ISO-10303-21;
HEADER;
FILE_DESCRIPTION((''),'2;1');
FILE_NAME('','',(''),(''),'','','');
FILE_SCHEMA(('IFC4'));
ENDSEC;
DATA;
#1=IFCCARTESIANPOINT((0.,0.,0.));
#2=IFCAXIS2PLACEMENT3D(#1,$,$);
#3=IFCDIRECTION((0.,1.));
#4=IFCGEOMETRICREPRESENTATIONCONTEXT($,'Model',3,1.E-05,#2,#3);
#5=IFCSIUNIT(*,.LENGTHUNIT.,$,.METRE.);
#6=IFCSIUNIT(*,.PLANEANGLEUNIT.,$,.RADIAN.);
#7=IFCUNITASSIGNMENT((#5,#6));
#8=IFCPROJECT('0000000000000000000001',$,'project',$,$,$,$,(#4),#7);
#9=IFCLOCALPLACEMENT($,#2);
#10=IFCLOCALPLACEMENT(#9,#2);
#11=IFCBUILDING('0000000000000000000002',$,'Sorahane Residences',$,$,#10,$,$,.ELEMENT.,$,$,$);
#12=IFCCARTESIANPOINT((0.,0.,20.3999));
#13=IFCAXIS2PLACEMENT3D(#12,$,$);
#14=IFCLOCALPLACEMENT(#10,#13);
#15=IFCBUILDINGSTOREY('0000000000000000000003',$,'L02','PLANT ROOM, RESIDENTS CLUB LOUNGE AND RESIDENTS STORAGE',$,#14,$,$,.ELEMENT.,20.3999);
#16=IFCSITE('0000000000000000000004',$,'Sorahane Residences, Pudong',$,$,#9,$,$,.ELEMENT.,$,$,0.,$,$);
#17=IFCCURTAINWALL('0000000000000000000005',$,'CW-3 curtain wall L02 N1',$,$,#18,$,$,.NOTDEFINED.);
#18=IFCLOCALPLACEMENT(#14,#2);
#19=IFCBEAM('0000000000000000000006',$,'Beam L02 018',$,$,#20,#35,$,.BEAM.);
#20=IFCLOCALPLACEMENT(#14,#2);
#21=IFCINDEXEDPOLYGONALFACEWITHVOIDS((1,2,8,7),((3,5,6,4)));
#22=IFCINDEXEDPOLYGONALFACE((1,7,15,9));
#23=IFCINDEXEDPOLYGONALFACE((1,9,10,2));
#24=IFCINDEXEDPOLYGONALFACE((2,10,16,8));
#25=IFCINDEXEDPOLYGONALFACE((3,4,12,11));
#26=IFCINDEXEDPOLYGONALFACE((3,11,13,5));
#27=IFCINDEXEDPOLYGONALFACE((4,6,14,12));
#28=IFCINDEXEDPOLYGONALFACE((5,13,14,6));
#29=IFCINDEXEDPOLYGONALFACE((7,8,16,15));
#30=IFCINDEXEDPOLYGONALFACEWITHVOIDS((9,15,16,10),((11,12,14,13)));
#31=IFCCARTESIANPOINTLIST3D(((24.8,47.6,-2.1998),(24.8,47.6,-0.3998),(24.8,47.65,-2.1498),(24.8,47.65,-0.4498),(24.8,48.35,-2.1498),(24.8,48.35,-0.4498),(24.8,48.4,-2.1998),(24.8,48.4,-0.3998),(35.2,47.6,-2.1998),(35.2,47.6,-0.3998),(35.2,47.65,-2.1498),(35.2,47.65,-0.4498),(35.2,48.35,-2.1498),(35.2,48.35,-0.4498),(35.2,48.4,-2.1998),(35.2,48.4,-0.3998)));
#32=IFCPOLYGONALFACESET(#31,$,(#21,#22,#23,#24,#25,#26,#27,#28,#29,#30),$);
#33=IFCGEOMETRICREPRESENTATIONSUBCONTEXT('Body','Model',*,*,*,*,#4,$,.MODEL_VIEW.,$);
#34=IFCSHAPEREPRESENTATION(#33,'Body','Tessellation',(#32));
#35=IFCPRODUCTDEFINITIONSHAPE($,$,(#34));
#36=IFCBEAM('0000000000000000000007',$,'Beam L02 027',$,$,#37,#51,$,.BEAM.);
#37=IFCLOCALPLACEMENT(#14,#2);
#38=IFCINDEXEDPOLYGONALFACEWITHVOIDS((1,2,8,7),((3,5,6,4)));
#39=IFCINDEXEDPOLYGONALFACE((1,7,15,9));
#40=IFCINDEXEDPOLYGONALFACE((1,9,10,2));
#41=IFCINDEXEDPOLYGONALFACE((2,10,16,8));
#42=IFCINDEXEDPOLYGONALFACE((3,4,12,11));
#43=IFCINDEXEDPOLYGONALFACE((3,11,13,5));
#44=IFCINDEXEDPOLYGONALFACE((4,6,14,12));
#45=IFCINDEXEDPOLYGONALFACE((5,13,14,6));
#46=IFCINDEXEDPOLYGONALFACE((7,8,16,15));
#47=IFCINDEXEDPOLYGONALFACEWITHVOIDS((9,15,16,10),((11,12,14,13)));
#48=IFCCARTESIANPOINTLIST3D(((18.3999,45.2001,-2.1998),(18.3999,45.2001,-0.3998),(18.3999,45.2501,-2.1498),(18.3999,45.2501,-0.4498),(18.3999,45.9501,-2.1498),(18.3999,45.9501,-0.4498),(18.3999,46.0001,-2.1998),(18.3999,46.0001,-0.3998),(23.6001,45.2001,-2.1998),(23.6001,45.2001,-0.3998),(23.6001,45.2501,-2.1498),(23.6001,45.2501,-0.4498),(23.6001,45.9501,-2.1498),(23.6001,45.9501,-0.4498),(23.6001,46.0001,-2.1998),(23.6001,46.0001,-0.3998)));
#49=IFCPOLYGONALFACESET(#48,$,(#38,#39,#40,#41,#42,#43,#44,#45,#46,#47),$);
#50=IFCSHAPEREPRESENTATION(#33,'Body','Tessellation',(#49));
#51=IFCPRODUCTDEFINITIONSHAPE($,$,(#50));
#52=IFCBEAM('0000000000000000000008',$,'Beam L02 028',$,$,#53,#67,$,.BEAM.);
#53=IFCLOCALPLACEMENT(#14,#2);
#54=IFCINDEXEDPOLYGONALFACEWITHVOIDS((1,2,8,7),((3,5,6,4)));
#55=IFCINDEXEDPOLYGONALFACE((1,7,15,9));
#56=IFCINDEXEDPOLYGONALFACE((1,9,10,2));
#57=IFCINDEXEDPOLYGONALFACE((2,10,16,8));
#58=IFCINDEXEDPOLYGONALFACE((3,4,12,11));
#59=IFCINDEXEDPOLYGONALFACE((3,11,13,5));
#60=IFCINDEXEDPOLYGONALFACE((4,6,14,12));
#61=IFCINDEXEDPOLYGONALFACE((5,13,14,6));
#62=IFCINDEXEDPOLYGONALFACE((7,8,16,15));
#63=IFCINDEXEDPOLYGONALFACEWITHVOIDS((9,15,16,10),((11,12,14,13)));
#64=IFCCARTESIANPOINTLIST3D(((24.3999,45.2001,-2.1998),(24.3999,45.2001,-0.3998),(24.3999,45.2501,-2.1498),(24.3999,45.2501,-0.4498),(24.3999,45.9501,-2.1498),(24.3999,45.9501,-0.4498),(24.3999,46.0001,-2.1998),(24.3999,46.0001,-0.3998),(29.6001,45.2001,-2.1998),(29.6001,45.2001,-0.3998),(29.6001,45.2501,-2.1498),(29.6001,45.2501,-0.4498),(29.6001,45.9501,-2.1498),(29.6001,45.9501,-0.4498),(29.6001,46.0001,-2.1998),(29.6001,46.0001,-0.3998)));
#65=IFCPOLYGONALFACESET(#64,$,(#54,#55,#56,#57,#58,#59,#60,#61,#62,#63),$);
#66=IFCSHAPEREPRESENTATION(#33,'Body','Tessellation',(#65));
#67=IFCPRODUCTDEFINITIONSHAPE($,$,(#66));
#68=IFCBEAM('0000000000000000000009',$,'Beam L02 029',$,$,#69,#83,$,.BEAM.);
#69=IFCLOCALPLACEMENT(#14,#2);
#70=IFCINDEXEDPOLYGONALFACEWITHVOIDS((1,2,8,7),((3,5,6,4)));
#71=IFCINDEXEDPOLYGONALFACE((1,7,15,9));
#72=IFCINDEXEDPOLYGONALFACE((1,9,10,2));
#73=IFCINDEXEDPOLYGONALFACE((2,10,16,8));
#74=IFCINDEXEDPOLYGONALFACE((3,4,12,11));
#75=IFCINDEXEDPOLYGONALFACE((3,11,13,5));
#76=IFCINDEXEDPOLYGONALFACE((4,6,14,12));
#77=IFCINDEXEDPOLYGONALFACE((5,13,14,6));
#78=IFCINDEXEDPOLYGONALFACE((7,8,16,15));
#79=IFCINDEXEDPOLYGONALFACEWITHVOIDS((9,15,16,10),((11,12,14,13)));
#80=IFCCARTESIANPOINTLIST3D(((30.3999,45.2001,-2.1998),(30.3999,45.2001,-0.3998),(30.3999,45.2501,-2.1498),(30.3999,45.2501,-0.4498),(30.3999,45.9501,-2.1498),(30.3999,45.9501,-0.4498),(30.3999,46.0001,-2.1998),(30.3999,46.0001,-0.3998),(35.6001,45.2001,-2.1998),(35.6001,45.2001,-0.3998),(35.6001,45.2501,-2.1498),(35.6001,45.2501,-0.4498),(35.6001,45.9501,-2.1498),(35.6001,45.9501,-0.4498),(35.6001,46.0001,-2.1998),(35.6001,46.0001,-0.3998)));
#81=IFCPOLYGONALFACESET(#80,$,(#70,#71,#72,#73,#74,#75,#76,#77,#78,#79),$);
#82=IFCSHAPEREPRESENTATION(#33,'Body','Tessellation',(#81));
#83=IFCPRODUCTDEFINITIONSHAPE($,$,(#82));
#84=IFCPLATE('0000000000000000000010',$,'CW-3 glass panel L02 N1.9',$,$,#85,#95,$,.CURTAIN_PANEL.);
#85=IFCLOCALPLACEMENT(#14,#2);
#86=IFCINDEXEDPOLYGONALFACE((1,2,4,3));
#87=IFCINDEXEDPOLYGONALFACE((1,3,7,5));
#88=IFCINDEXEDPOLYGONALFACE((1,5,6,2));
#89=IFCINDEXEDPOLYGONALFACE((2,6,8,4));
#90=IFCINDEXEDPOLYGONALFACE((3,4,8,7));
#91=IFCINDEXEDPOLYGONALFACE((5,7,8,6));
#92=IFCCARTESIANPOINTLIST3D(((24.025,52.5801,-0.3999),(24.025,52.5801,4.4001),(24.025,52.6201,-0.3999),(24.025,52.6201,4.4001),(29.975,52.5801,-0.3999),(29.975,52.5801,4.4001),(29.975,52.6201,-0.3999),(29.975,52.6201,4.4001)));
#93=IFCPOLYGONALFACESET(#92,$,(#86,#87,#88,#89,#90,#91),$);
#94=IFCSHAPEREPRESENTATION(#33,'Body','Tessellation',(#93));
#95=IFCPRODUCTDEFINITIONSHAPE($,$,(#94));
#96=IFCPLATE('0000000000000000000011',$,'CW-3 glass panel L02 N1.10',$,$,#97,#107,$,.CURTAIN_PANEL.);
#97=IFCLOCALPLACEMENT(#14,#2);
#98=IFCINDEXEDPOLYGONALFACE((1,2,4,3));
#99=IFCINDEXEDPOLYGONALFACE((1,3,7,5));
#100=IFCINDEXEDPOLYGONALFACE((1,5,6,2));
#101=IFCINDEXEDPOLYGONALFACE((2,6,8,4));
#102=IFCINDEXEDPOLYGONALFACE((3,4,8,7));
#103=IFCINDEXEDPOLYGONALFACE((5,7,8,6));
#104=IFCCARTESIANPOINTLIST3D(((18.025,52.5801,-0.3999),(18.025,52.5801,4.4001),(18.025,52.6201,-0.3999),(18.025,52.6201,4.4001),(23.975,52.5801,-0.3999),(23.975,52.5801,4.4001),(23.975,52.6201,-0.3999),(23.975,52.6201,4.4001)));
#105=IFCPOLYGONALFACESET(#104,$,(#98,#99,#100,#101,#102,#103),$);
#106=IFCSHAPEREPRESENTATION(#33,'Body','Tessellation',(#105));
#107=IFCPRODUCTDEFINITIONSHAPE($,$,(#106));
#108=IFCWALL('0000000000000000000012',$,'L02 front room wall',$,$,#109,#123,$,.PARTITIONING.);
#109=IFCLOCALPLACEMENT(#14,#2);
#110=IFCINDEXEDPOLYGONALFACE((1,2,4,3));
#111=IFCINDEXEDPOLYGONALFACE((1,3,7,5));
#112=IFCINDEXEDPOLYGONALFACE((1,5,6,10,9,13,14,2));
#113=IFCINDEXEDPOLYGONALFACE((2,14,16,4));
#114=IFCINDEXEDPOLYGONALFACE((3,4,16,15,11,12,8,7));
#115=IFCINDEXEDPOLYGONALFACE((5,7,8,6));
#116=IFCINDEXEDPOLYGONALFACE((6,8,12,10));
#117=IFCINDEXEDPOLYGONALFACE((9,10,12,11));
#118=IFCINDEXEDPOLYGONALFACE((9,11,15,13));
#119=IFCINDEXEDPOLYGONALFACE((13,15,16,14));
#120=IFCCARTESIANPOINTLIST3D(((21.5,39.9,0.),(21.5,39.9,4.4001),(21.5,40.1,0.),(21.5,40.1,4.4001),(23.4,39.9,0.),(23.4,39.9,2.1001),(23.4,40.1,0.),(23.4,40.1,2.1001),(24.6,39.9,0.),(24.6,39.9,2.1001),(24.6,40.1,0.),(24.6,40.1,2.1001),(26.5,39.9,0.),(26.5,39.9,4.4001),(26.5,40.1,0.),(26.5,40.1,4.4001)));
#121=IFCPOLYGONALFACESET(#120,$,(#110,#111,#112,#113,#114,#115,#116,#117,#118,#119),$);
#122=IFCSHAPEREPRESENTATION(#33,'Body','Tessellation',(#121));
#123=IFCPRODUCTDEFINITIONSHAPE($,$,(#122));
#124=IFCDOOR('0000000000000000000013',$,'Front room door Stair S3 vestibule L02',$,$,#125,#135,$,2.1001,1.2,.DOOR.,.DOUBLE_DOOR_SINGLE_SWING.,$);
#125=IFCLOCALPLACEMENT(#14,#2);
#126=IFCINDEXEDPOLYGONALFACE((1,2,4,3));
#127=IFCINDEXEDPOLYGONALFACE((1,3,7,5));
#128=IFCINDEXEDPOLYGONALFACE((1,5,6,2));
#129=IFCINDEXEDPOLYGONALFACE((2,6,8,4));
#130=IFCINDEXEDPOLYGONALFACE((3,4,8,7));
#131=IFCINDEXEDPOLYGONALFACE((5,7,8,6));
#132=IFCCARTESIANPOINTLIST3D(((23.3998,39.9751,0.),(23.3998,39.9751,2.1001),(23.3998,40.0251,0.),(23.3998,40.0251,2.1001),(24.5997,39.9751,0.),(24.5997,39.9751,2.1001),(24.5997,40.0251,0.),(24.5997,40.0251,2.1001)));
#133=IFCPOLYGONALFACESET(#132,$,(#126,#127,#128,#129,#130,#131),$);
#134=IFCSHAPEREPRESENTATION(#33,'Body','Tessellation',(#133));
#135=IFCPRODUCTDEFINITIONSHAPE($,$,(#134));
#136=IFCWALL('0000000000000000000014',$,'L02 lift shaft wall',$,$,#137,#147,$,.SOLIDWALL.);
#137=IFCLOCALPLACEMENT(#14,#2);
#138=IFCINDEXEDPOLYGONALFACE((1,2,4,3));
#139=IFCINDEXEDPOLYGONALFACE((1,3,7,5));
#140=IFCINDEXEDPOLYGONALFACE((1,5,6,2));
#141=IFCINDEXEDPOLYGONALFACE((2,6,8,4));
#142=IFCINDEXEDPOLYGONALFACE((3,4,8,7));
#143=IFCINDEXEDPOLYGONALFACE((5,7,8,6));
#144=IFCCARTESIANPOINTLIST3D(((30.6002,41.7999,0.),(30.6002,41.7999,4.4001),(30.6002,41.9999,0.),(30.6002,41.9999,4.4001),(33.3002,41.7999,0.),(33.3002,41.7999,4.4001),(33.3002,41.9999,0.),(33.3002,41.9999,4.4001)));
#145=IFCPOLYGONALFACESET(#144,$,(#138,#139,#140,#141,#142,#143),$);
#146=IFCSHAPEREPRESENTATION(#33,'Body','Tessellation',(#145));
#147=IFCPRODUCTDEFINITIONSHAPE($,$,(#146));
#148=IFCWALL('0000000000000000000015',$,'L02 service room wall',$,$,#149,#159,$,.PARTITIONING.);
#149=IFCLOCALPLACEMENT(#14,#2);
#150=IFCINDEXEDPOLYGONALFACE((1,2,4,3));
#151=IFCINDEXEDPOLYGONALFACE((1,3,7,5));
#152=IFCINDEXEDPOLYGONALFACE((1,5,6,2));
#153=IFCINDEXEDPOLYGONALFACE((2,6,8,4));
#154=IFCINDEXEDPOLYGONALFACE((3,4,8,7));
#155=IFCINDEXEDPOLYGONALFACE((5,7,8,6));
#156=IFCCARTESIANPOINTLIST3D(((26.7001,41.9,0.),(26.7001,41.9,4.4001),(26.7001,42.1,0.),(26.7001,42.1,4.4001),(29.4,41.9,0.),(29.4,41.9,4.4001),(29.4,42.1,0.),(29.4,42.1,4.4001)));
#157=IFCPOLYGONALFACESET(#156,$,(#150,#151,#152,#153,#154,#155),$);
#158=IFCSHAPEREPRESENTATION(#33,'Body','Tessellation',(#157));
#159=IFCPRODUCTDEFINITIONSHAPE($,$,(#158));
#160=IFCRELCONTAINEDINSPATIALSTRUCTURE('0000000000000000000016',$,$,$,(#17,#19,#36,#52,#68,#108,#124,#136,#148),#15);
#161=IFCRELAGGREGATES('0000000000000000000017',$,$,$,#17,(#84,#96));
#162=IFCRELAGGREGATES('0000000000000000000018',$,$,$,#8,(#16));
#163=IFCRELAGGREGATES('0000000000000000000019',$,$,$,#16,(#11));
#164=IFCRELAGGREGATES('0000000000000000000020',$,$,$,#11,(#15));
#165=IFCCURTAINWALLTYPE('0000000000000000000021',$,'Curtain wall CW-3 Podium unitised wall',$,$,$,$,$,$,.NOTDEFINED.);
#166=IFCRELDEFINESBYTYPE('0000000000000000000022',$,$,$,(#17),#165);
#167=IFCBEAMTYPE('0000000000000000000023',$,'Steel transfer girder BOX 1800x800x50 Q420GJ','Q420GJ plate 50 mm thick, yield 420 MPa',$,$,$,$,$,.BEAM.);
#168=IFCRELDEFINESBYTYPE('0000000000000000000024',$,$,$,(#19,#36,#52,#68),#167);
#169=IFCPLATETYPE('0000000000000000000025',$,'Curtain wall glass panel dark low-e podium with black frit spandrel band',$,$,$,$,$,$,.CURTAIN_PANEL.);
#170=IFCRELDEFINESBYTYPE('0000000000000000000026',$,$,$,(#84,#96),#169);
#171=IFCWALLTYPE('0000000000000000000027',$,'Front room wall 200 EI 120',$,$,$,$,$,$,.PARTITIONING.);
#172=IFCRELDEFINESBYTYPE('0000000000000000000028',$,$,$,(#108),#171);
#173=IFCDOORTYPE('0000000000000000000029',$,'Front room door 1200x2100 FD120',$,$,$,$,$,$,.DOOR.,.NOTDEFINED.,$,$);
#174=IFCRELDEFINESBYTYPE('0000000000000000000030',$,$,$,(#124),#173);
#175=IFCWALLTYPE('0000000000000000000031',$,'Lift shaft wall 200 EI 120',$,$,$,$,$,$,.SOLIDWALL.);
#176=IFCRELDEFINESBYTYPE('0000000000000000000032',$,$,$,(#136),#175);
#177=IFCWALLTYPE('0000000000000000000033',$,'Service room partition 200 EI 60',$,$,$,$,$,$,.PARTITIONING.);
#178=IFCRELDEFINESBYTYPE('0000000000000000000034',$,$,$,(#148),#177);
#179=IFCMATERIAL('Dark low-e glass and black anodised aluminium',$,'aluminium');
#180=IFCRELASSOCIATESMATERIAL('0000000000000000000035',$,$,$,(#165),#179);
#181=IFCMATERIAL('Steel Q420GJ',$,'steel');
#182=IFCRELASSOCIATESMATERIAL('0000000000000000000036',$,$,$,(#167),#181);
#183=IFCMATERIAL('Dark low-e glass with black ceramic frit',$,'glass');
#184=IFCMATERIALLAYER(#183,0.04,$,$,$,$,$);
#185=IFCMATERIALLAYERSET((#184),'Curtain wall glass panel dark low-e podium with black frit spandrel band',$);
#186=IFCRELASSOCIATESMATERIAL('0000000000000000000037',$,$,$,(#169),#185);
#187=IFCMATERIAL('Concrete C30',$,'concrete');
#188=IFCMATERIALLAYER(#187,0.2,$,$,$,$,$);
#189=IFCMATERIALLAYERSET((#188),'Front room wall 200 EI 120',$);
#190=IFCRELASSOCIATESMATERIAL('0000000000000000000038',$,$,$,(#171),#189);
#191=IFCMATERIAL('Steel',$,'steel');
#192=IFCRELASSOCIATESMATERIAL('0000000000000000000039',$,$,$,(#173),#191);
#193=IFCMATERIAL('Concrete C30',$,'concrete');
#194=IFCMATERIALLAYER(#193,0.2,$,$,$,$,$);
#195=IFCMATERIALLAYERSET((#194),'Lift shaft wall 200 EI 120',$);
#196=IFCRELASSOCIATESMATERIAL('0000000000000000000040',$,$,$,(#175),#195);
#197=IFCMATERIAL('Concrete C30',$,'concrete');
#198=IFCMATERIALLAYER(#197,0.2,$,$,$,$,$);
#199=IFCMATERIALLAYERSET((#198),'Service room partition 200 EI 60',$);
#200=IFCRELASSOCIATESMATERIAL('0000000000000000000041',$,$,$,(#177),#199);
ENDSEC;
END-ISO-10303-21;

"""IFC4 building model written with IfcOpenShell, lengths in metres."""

from ifc_helpers import new_model, si_unit, direction, frame, frame_2d, origin, origin_2d, place, context, subcontext, project, spatial, rectangle, hollow_rectangle, extrude, material, layer, layer_set, material_profile, profile_set, type_object, element, fill, aggregate, save


model = new_model("IFC4")

# Units and contexts
model_context = context("Model", 3, precision=1e-05, world=origin(), true_north=direction((0.0, 1.0)))
body_context = subcontext(model_context, "Body", "Model", "MODEL_VIEW")
ifc_project = project(units=[si_unit("LENGTHUNIT", "METRE"), si_unit("PLANEANGLEUNIT", "RADIAN")], contexts=[model_context])

# Site, building, storey
site_placement = place(None, origin())
site = spatial("IfcSite", under=ifc_project, at=site_placement, Name="Sorahane Residences, Pudong", CompositionType="ELEMENT", RefElevation=0.0)
building_placement = place(site_placement, origin())
building = spatial("IfcBuilding", under=site, at=building_placement, Name="Sorahane Residences", CompositionType="ELEMENT")
storey_placement = place(building_placement, frame((0.0, 0.0, 20.3999)))
storey = spatial("IfcBuildingStorey", under=building, at=storey_placement, Name="L02", Description="PLANT ROOM, RESIDENTS CLUB LOUNGE AND RESIDENTS STORAGE", CompositionType="ELEMENT", Elevation=20.3999)

# Curtain wall
ifc_material_1 = material(Name="Dark low-e glass and black anodised aluminium", Category="aluminium")
curtain_wall_type = type_object("IfcCurtainWallType", Name="Curtain wall CW-3 Podium unitised wall", PredefinedType="NOTDEFINED", material=ifc_material_1)
curtain_wall_placement = place(storey_placement, origin())
curtain_wall = element("IfcCurtainWall", 1, at=curtain_wall_placement, inside=storey, type_object=curtain_wall_type, Name="CW-3 curtain wall L02 N1", PredefinedType="NOTDEFINED")

# Beams
ifc_material_2 = material(Name="Steel Q420GJ", Category="steel")
ifc_material_profile_1 = material_profile(ifc_material_2, hollow_rectangle(XDim=0.8, YDim=1.8, WallThickness=0.05, at=origin_2d()), Name="BOX 1800x800x50")
ifc_profile_set_1 = profile_set([ifc_material_profile_1], Name="Steel Q420GJ")
beam_type = type_object("IfcBeamType", Name="Steel transfer girder BOX 1800x800x50 Q420GJ", Description="Q420GJ plate 50 mm thick, yield 420 MPa", PredefinedType="BEAM", material=ifc_profile_set_1)
beam_placement = place(storey_placement, frame((24.8, 48.0, -1.2998), z_axis=(1.0, 0.0, 0.0), x_axis=(0.0, 1.0, 0.0)))
element("IfcBeam", 2, at=beam_placement, inside=storey, type_object=beam_type, Name="Beam L02 018", PredefinedType="BEAM", context=body_context, shape_type="SweptSolid", body=[
    extrude(hollow_rectangle(XDim=0.8, YDim=1.8, WallThickness=0.05, at=origin_2d()), origin(), (0.0, 0.0, 1.0), 10.3999),
])
for number, where, z_axis, x_axis, name in (
    (3, (18.3999, 45.6001, -1.2998), (1.0, 0.0, 0.0), (0.0, 1.0, 0.0), "Beam L02 027"),
    (4, (24.3999, 45.6001, -1.2998), (1.0, 0.0, 0.0), (0.0, 1.0, 0.0), "Beam L02 028"),
    (5, (30.3999, 45.6001, -1.2998), (1.0, 0.0, 0.0), (0.0, 1.0, 0.0), "Beam L02 029"),
):
    element("IfcBeam", number, at=place(storey_placement, frame(where, z_axis=z_axis, x_axis=x_axis)), inside=storey, type_object=beam_type, Name=name, PredefinedType="BEAM", context=body_context, shape_type="SweptSolid", body=[
        extrude(hollow_rectangle(XDim=0.8, YDim=1.8, WallThickness=0.05, at=origin_2d()), origin(), (0.0, 0.0, 1.0), 5.2002),
    ])

# Plates
ifc_material_3 = material(Name="Dark low-e glass with black ceramic frit", Category="glass")
ifc_layer_1 = layer(ifc_material_3, 0.04)
ifc_layer_set_1 = layer_set([ifc_layer_1], Name="Curtain wall glass panel dark low-e podium with black frit spandrel band")
plate_type = type_object("IfcPlateType", Name="Curtain wall glass panel dark low-e podium with black frit spandrel band", PredefinedType="CURTAIN_PANEL", material=ifc_layer_set_1)
plate_1_placement = place(storey_placement, frame((27.0, 52.6001, -0.3999), z_axis=(0.0, 0.0, 1.0), x_axis=(-1.0, 0.0, 0.0)))
plate_1 = element("IfcPlate", 6, at=plate_1_placement, type_object=plate_type, Name="CW-3 glass panel L02 N1.9", PredefinedType="CURTAIN_PANEL", context=body_context, shape_type="SweptSolid", body=[
    extrude(rectangle(XDim=5.95, YDim=0.04, at=origin_2d()), origin(), (0.0, 0.0, 1.0), 4.8),
])
plate_2_placement = place(storey_placement, frame((21.0, 52.6001, -0.3999), z_axis=(0.0, 0.0, 1.0), x_axis=(-1.0, 0.0, 0.0)))
plate_2 = element("IfcPlate", 7, at=plate_2_placement, type_object=plate_type, Name="CW-3 glass panel L02 N1.10", PredefinedType="CURTAIN_PANEL", context=body_context, shape_type="SweptSolid", body=[
    extrude(rectangle(XDim=5.95, YDim=0.04, at=origin_2d()), origin(), (0.0, 0.0, 1.0), 4.8),
])
aggregate(curtain_wall, [plate_1, plate_2])

# Wall, opening, door
ifc_material_4 = material(Name="Concrete C30", Category="concrete")
ifc_layer_2 = layer(ifc_material_4, 0.2)
ifc_layer_set_2 = layer_set([ifc_layer_2], Name="Front room wall 200 EI 120")
wall_type_1 = type_object("IfcWallType", Name="Front room wall 200 EI 120", PredefinedType="PARTITIONING", material=ifc_layer_set_2)
wall_1_placement = place(storey_placement, frame((21.5, 40.0, 0.0), z_axis=(0.0, 0.0, 1.0), x_axis=(1.0, 0.0, 0.0)))
wall_1 = element("IfcWall", 8, at=wall_1_placement, inside=storey, type_object=wall_type_1, Name="L02 front room wall", PredefinedType="PARTITIONING", context=body_context, shape_type="SweptSolid", body=[
    extrude(rectangle(XDim=5.0, YDim=0.2, at=frame_2d((2.5, 0.0))), origin(), (0.0, 0.0, 1.0), 4.4001),
])
opening_placement = place(wall_1_placement, frame((1.8999, 0.0, 0.0)))
opening = element("IfcOpeningElement", 9, at=opening_placement, cuts=wall_1, PredefinedType="OPENING", context=body_context, shape_type="SweptSolid", body=[
    extrude(rectangle(XDim=1.2, YDim=2.1001, at=frame_2d((0.6001, 1.05))), frame((0.0, 0.1099, 0.0), z_axis=(0.0, -1.0, 0.0), x_axis=(1.0, 0.0, 0.0)), (0.0, 0.0, 1.0), 0.22),
])
ifc_material_5 = material(Name="Steel", Category="steel")
door_type = type_object("IfcDoorType", Name="Front room door 1200x2100 FD120", OperationType="NOTDEFINED", PredefinedType="DOOR", material=ifc_material_5)
door_placement = place(opening_placement, frame((1.2, 0.0, 0.0), z_axis=(0.0, 0.0, 1.0), x_axis=(-1.0, 0.0, 0.0)))
door = element("IfcDoor", 10, at=door_placement, inside=storey, type_object=door_type, Name="Front room door Stair S3 vestibule L02", OperationType="DOUBLE_DOOR_SINGLE_SWING", OverallHeight=2.1001, OverallWidth=1.2, PredefinedType="DOOR", context=body_context, shape_type="SweptSolid", body=[
    extrude(rectangle(XDim=1.2, YDim=2.1001, at=frame_2d((0.6001, 1.05))), frame((0.0, 0.0249, 0.0), z_axis=(0.0, -1.0, 0.0), x_axis=(1.0, 0.0, 0.0)), (0.0, 0.0, 1.0), 0.05),
])
fill(opening, door)

# Walls
ifc_material_6 = material(Name="Concrete C30", Category="concrete")
ifc_layer_3 = layer(ifc_material_6, 0.2)
ifc_layer_set_3 = layer_set([ifc_layer_3], Name="Lift shaft wall 200 EI 120")
wall_type_2 = type_object("IfcWallType", Name="Lift shaft wall 200 EI 120", PredefinedType="SOLIDWALL", material=ifc_layer_set_3)
wall_2_placement = place(storey_placement, frame((30.6001, 41.8999, 0.0), z_axis=(0.0, 0.0, 1.0), x_axis=(1.0, 0.0, 0.0)))
element("IfcWall", 11, at=wall_2_placement, inside=storey, type_object=wall_type_2, Name="L02 lift shaft wall", PredefinedType="SOLIDWALL", context=body_context, shape_type="SweptSolid", body=[
    extrude(rectangle(XDim=2.7, YDim=0.2, at=frame_2d((1.3501, 0.0))), origin(), (0.0, 0.0, 1.0), 4.4001),
])
ifc_material_7 = material(Name="Concrete C30", Category="concrete")
ifc_layer_4 = layer(ifc_material_7, 0.2)
ifc_layer_set_4 = layer_set([ifc_layer_4], Name="Service room partition 200 EI 60")
wall_type_3 = type_object("IfcWallType", Name="Service room partition 200 EI 60", PredefinedType="PARTITIONING", material=ifc_layer_set_4)
wall_3_placement = place(storey_placement, frame((26.7, 42.0, 0.0), z_axis=(0.0, 0.0, 1.0), x_axis=(1.0, 0.0, 0.0)))
element("IfcWall", 12, at=wall_3_placement, inside=storey, type_object=wall_type_3, Name="L02 service room wall", PredefinedType="PARTITIONING", context=body_context, shape_type="SweptSolid", body=[
    extrude(rectangle(XDim=2.7, YDim=0.2, at=frame_2d((1.3501, 0.0))), origin(), (0.0, 0.0, 1.0), 4.4001),
])

save(model, "model.ifc")
